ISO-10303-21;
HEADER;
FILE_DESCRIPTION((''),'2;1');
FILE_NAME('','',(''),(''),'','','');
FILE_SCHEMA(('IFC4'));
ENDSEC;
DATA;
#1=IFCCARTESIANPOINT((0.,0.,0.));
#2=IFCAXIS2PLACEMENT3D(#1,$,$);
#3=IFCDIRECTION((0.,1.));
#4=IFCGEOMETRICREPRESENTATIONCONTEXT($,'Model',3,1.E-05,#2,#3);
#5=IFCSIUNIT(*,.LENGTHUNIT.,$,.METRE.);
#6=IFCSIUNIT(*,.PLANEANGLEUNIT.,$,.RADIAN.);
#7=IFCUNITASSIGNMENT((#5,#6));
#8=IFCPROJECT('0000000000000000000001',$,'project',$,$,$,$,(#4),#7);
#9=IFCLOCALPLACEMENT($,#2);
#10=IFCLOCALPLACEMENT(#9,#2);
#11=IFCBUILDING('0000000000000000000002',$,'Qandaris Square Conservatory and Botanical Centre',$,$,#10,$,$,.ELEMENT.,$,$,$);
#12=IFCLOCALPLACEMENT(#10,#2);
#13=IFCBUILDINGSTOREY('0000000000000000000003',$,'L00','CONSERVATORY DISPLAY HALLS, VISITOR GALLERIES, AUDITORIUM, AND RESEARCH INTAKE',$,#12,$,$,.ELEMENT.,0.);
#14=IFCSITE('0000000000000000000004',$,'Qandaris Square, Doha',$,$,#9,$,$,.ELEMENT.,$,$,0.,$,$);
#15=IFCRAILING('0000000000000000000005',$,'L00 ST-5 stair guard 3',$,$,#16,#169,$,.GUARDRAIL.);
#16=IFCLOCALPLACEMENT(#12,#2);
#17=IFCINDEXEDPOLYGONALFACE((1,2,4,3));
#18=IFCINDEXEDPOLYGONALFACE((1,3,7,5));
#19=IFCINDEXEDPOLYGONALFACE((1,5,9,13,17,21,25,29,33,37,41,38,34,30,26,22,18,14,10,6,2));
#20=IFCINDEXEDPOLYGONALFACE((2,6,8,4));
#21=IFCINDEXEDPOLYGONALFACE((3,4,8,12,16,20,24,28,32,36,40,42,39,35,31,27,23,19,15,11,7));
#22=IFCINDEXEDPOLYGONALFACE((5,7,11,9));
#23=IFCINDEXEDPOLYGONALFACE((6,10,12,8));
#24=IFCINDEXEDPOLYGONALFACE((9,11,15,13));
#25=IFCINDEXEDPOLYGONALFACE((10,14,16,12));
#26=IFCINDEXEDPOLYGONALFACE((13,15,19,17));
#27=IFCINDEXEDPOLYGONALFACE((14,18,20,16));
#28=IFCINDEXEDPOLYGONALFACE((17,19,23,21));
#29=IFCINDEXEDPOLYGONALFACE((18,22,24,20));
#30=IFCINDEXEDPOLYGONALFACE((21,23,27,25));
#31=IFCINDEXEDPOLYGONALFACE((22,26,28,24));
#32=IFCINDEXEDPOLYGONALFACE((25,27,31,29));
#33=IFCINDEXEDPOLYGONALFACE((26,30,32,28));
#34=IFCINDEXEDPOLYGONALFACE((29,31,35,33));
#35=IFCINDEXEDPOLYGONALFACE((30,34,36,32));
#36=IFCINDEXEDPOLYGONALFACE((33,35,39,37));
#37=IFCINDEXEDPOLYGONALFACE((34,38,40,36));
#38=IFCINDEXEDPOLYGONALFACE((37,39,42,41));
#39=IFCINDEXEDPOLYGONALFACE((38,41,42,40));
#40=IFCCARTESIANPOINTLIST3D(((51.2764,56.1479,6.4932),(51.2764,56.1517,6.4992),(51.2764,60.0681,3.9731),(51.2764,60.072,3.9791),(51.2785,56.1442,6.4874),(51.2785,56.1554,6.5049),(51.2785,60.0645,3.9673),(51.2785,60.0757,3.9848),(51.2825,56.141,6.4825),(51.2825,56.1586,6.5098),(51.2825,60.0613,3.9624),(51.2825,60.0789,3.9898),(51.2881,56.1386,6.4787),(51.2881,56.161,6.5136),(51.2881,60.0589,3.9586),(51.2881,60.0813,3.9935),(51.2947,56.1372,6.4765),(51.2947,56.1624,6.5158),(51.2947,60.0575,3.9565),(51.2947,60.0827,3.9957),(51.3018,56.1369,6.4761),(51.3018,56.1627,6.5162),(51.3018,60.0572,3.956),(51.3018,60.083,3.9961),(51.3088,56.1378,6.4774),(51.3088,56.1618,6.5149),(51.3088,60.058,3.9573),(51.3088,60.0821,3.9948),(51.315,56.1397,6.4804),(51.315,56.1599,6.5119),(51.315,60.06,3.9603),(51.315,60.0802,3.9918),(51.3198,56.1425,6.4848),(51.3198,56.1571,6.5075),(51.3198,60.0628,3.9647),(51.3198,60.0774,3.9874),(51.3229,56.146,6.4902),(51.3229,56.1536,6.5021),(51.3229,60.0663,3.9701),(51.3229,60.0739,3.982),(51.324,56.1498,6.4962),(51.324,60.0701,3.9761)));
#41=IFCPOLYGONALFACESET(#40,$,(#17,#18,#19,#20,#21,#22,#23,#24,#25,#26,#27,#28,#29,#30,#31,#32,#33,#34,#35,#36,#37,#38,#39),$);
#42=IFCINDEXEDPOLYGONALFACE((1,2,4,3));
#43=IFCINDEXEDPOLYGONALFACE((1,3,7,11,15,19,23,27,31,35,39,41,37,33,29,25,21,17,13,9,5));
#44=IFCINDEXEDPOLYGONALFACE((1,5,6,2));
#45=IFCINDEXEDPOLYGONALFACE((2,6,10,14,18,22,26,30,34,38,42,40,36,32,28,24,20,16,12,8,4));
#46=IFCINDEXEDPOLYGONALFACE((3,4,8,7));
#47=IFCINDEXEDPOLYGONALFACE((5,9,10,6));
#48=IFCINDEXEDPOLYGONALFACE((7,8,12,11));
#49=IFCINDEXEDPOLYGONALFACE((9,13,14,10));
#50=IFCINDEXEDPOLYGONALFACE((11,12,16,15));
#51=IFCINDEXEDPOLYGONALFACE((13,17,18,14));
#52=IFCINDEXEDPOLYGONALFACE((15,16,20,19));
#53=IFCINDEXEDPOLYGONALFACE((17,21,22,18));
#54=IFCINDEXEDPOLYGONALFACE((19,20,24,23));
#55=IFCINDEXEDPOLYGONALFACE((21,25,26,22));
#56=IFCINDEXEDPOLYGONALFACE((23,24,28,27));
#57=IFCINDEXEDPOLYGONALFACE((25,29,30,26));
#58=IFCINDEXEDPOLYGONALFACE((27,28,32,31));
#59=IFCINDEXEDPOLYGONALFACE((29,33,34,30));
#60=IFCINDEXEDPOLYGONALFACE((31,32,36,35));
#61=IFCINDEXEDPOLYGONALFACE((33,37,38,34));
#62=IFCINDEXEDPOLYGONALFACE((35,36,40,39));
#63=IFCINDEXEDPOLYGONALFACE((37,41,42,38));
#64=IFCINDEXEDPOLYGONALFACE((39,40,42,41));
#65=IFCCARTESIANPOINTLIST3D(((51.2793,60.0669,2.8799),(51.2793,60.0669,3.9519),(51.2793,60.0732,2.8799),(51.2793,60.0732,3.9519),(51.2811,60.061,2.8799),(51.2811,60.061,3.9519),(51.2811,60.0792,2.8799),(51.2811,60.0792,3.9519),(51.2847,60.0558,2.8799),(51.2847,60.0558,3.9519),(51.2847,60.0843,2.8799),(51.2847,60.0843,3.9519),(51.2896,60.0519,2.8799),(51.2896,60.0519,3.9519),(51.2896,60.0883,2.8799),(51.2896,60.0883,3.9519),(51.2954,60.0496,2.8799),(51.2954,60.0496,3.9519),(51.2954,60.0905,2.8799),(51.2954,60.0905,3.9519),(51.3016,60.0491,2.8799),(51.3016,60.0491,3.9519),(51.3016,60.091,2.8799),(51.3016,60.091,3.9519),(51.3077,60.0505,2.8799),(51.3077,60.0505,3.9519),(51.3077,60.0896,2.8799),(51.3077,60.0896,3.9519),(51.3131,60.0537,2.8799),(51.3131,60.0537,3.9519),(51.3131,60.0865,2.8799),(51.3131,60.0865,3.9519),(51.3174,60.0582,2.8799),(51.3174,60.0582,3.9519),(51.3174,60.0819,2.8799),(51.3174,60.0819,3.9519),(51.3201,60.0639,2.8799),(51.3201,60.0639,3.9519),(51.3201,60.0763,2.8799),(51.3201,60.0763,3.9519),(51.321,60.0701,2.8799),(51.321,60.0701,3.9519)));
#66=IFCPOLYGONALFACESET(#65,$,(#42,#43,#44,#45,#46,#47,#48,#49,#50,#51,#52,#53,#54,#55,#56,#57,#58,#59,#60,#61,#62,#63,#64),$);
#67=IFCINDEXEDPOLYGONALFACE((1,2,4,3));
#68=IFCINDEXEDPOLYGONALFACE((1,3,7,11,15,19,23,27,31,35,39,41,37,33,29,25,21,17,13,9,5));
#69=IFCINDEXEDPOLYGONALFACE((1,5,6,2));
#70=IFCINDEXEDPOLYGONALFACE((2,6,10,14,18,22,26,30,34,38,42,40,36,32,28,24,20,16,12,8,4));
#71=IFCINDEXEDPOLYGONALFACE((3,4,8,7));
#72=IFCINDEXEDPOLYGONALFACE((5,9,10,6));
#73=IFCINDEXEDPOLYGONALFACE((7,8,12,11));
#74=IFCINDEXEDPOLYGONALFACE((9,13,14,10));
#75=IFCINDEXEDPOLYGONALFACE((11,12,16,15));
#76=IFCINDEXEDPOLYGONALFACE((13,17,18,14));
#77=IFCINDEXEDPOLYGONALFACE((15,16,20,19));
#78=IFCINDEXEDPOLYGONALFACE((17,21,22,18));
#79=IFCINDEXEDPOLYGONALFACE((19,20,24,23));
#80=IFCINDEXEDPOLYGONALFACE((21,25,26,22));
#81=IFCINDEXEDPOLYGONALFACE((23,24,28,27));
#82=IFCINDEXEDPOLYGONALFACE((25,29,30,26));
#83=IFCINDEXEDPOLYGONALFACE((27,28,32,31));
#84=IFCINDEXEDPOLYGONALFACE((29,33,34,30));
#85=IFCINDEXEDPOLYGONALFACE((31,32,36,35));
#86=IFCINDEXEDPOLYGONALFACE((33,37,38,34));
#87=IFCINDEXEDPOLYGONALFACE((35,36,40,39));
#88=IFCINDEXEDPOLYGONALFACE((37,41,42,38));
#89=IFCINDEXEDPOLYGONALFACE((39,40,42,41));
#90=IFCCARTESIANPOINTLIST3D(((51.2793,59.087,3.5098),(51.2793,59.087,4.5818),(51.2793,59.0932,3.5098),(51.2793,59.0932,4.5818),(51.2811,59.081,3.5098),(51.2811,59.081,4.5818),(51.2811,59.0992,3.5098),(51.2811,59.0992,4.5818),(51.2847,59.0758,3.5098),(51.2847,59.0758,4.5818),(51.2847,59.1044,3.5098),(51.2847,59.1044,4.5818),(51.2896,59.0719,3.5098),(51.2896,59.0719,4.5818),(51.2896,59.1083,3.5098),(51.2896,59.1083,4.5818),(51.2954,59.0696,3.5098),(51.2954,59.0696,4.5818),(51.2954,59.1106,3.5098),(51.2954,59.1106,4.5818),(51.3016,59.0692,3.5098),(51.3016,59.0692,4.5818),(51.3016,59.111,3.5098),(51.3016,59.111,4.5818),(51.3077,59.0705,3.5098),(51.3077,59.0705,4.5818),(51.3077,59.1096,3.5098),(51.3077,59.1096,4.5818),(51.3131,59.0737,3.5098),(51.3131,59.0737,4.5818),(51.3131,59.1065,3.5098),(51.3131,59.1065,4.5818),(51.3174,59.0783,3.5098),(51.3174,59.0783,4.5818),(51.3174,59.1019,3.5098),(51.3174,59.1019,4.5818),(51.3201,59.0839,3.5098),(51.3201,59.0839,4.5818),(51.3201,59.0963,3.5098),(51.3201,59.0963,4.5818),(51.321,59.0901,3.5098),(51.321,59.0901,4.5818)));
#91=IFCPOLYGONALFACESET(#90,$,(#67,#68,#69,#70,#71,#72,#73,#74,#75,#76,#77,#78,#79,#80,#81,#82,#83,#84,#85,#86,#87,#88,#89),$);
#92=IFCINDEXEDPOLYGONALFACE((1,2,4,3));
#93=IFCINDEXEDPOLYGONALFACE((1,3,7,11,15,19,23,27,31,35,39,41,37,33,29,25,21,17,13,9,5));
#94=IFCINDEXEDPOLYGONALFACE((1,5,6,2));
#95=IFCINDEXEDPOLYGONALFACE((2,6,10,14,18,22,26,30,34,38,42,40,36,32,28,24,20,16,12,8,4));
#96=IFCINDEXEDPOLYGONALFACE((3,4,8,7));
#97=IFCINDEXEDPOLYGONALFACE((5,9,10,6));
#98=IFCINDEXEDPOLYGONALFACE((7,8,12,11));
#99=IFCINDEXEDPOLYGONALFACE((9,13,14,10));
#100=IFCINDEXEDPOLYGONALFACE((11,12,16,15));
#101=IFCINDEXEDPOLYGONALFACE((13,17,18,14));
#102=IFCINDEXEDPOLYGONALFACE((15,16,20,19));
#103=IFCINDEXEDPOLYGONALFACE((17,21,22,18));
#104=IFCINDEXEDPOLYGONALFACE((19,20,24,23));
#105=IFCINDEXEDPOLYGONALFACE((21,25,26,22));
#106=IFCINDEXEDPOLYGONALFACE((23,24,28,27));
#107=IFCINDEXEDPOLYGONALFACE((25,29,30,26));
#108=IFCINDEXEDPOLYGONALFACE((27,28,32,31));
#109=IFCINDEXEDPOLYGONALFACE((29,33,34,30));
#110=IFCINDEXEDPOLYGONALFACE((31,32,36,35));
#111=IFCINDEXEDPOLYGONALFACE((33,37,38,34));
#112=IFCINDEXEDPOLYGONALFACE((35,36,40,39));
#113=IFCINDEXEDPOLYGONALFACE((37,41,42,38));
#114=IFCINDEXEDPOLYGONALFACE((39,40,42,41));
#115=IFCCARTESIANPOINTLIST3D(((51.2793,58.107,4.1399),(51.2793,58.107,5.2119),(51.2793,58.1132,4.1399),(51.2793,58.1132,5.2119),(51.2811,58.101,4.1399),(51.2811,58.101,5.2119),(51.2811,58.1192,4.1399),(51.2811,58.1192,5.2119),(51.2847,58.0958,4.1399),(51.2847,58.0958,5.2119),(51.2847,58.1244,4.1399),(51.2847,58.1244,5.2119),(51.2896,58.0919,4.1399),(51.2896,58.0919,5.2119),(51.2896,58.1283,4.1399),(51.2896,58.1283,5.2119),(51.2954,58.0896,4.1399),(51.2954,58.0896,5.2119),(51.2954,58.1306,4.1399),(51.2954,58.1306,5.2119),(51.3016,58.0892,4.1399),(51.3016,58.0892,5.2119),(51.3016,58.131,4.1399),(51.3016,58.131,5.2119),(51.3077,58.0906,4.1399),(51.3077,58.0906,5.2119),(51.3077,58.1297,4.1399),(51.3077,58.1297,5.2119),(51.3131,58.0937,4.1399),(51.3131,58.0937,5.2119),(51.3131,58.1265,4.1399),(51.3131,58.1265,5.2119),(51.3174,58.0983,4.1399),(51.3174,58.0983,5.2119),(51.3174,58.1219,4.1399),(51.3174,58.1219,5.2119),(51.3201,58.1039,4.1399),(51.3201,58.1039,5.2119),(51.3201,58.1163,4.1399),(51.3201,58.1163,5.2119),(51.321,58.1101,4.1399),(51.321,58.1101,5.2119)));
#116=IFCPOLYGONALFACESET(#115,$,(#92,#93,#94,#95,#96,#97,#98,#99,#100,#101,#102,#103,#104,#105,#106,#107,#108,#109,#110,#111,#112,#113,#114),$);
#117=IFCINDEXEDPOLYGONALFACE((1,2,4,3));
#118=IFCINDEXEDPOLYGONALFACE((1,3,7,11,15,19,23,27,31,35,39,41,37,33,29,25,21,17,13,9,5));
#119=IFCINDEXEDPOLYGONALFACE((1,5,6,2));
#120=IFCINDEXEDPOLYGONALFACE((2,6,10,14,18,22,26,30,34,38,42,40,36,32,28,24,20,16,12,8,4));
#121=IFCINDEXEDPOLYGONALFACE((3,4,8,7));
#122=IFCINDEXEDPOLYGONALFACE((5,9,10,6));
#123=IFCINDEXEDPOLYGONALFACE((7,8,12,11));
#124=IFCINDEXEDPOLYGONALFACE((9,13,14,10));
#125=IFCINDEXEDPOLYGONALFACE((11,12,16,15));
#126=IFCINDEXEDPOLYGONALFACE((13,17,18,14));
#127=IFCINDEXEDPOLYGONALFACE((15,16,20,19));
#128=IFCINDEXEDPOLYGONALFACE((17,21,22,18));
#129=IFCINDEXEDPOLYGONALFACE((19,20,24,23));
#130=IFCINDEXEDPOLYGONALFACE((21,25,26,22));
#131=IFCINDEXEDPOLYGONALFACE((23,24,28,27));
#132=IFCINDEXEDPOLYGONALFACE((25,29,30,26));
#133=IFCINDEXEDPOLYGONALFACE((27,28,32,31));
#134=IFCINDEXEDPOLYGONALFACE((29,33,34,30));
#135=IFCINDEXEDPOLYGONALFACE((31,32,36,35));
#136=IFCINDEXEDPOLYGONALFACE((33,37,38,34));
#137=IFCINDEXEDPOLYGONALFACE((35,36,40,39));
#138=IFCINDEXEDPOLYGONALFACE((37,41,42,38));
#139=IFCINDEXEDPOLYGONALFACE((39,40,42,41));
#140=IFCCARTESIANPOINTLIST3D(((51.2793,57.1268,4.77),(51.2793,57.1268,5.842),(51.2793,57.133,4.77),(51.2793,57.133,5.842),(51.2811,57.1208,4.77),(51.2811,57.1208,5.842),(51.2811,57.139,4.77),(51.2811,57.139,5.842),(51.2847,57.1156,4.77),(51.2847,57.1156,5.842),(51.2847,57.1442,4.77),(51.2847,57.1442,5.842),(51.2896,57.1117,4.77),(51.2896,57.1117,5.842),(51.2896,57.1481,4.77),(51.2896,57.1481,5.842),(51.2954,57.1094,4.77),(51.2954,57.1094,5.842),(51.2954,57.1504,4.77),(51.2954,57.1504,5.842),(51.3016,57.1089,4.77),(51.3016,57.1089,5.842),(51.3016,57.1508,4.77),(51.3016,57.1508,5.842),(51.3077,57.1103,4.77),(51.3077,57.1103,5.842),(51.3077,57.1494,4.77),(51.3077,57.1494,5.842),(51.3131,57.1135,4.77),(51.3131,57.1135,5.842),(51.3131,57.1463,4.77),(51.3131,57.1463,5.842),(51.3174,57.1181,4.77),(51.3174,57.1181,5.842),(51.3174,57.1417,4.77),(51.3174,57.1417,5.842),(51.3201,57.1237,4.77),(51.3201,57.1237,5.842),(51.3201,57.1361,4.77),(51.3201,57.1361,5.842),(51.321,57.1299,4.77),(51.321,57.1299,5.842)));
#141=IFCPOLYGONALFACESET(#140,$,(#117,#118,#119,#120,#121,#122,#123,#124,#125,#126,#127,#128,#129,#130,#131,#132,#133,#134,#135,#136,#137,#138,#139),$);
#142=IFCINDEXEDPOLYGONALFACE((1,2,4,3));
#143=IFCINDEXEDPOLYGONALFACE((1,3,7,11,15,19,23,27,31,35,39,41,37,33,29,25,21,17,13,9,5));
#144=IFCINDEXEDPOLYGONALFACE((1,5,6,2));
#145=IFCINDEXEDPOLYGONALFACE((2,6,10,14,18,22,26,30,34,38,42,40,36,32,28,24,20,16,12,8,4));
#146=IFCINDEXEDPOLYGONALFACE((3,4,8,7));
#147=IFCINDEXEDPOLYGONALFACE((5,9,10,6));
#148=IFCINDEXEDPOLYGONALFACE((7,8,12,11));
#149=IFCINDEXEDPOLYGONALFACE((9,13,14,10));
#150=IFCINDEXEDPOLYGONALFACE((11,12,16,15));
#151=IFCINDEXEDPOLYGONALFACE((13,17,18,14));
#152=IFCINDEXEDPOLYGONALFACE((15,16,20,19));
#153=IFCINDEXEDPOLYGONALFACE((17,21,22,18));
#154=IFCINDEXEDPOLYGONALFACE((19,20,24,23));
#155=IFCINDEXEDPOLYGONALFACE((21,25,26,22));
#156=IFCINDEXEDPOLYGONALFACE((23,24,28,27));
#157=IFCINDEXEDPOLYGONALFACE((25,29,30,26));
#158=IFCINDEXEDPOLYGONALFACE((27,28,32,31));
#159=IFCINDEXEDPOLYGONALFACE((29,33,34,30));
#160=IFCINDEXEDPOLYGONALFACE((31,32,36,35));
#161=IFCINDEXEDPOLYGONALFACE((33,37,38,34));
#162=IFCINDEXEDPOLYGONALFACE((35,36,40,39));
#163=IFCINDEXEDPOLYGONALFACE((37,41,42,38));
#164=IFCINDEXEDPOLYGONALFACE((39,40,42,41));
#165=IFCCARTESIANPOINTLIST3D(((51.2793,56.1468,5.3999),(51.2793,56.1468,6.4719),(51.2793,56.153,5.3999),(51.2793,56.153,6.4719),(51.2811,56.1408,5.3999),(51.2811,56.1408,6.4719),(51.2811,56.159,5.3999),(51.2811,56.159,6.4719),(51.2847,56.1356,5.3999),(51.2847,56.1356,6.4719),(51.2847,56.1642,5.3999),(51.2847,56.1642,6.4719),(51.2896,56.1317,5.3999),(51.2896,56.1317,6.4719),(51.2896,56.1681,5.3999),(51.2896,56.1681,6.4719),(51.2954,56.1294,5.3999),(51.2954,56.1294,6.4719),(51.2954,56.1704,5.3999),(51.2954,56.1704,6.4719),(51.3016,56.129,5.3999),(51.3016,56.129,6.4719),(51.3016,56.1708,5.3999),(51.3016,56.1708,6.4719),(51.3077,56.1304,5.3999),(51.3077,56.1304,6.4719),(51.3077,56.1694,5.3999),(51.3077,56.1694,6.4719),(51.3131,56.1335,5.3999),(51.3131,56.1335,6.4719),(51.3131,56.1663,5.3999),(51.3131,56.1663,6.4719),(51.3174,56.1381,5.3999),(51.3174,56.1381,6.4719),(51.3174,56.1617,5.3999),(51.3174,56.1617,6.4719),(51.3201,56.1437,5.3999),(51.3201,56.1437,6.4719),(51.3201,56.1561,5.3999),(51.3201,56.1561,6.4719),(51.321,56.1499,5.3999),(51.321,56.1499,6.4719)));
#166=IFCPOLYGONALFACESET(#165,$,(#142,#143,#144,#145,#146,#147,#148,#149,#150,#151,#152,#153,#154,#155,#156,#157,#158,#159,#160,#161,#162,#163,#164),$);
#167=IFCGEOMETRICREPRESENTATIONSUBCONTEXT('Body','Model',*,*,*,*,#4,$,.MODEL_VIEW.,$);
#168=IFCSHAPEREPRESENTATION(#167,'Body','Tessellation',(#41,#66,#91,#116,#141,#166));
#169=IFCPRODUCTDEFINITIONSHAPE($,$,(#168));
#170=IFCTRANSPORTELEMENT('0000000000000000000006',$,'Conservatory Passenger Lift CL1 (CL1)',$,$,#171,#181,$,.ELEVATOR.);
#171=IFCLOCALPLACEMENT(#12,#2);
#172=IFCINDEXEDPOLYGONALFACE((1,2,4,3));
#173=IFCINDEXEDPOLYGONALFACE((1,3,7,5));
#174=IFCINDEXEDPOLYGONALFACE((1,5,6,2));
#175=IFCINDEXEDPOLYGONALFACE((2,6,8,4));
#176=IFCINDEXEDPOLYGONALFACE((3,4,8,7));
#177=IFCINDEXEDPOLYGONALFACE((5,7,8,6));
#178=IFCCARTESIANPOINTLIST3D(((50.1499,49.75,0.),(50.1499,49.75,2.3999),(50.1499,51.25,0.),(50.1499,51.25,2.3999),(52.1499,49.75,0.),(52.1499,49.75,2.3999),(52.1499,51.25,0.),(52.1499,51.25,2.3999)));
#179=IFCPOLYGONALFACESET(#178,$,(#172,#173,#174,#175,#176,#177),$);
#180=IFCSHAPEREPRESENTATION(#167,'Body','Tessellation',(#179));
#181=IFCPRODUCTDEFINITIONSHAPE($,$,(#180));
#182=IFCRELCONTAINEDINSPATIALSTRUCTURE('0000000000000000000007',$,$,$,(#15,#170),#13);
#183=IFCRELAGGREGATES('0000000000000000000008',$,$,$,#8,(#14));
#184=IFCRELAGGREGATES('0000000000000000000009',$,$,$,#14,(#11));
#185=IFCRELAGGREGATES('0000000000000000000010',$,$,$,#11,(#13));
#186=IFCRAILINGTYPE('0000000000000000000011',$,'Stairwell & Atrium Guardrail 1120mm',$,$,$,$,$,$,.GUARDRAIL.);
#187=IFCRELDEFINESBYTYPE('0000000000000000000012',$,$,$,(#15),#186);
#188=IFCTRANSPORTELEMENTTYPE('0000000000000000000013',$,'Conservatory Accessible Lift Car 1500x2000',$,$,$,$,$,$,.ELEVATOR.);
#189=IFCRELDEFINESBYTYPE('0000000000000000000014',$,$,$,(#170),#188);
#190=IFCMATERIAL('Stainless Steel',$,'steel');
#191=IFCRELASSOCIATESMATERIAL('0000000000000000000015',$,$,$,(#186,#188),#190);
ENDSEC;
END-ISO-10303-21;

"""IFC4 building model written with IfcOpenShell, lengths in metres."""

from ifc_helpers import new_model, si_unit, direction, frame, origin, origin_2d, place, context, subcontext, project, spatial, rectangle, circle, extrude, material, type_object, element, save


model = new_model("IFC4")

# Units and contexts
model_context = context("Model", 3, precision=1e-05, world=origin(), true_north=direction((0.0, 1.0)))
body_context = subcontext(model_context, "Body", "Model", "MODEL_VIEW")
ifc_project = project(units=[si_unit("LENGTHUNIT", "METRE"), si_unit("PLANEANGLEUNIT", "RADIAN")], contexts=[model_context])

# Site, building, storey
site_placement = place(None, origin())
site = spatial("IfcSite", under=ifc_project, at=site_placement, Name="Qandaris Square, Doha", CompositionType="ELEMENT", RefElevation=0.0)
building_placement = place(site_placement, origin())
building = spatial("IfcBuilding", under=site, at=building_placement, Name="Qandaris Square Conservatory and Botanical Centre", CompositionType="ELEMENT")
storey_placement = place(building_placement, origin())
storey = spatial("IfcBuildingStorey", under=building, at=storey_placement, Name="L00", Description="CONSERVATORY DISPLAY HALLS, VISITOR GALLERIES, AUDITORIUM, AND RESEARCH INTAKE", CompositionType="ELEMENT", Elevation=0.0)

# Railing
ifc_material_1 = material(Name="Stainless Steel", Category="steel")
railing_type_1 = type_object("IfcRailingType", Name="Stairwell & Atrium Guardrail 1120mm", PredefinedType="GUARDRAIL", material=ifc_material_1)
railing_1_placement = place(storey_placement, frame((51.3, 60.0701, 2.8799)))
element("IfcRailing", 1, at=railing_1_placement, inside=storey, type_object=railing_type_1, Name="L00 ST-5 stair guard 3", PredefinedType="GUARDRAIL", context=body_context, shape_type="SweptSolid", body=[
    extrude(circle(Radius=0.0239, at=origin_2d()), frame((0.0, 0.0, 1.0962), z_axis=(0.0, -0.841187, 0.540744), x_axis=(1.0, 0.0, 0.0)), (0.0, 0.0, 1.0), 4.6604),
    extrude(circle(Radius=0.021, at=origin_2d()), origin(), (0.0, 0.0, 1.0), 1.072),
    extrude(circle(Radius=0.021, at=origin_2d()), frame((0.0, -0.98, 0.6299)), (0.0, 0.0, 1.0), 1.072),
    extrude(circle(Radius=0.021, at=origin_2d()), frame((0.0, -1.96, 1.26)), (0.0, 0.0, 1.0), 1.072),
    extrude(circle(Radius=0.021, at=origin_2d()), frame((0.0, -2.9402, 1.8901)), (0.0, 0.0, 1.0), 1.072),
    extrude(circle(Radius=0.021, at=origin_2d()), frame((0.0, -3.9202, 2.52)), (0.0, 0.0, 1.0), 1.072),
])

# Transport element
transport_element_type = type_object("IfcTransportElementType", Name="Conservatory Accessible Lift Car 1500x2000", PredefinedType="ELEVATOR", material=ifc_material_1)
transport_element_placement = place(storey_placement, frame((51.1499, 50.5, 0.0), z_axis=(0.0, 0.0, 1.0), x_axis=(1.0, 0.0, 0.0)))
element("IfcTransportElement", 2, at=transport_element_placement, inside=storey, type_object=transport_element_type, Name="Conservatory Passenger Lift CL1 (CL1)", PredefinedType="ELEVATOR", context=body_context, shape_type="SweptSolid", body=[
    extrude(rectangle(XDim=2.0, YDim=1.5, at=origin_2d()), origin(), (0.0, 0.0, 1.0), 2.3999),
])

save(model, "model.ifc")
